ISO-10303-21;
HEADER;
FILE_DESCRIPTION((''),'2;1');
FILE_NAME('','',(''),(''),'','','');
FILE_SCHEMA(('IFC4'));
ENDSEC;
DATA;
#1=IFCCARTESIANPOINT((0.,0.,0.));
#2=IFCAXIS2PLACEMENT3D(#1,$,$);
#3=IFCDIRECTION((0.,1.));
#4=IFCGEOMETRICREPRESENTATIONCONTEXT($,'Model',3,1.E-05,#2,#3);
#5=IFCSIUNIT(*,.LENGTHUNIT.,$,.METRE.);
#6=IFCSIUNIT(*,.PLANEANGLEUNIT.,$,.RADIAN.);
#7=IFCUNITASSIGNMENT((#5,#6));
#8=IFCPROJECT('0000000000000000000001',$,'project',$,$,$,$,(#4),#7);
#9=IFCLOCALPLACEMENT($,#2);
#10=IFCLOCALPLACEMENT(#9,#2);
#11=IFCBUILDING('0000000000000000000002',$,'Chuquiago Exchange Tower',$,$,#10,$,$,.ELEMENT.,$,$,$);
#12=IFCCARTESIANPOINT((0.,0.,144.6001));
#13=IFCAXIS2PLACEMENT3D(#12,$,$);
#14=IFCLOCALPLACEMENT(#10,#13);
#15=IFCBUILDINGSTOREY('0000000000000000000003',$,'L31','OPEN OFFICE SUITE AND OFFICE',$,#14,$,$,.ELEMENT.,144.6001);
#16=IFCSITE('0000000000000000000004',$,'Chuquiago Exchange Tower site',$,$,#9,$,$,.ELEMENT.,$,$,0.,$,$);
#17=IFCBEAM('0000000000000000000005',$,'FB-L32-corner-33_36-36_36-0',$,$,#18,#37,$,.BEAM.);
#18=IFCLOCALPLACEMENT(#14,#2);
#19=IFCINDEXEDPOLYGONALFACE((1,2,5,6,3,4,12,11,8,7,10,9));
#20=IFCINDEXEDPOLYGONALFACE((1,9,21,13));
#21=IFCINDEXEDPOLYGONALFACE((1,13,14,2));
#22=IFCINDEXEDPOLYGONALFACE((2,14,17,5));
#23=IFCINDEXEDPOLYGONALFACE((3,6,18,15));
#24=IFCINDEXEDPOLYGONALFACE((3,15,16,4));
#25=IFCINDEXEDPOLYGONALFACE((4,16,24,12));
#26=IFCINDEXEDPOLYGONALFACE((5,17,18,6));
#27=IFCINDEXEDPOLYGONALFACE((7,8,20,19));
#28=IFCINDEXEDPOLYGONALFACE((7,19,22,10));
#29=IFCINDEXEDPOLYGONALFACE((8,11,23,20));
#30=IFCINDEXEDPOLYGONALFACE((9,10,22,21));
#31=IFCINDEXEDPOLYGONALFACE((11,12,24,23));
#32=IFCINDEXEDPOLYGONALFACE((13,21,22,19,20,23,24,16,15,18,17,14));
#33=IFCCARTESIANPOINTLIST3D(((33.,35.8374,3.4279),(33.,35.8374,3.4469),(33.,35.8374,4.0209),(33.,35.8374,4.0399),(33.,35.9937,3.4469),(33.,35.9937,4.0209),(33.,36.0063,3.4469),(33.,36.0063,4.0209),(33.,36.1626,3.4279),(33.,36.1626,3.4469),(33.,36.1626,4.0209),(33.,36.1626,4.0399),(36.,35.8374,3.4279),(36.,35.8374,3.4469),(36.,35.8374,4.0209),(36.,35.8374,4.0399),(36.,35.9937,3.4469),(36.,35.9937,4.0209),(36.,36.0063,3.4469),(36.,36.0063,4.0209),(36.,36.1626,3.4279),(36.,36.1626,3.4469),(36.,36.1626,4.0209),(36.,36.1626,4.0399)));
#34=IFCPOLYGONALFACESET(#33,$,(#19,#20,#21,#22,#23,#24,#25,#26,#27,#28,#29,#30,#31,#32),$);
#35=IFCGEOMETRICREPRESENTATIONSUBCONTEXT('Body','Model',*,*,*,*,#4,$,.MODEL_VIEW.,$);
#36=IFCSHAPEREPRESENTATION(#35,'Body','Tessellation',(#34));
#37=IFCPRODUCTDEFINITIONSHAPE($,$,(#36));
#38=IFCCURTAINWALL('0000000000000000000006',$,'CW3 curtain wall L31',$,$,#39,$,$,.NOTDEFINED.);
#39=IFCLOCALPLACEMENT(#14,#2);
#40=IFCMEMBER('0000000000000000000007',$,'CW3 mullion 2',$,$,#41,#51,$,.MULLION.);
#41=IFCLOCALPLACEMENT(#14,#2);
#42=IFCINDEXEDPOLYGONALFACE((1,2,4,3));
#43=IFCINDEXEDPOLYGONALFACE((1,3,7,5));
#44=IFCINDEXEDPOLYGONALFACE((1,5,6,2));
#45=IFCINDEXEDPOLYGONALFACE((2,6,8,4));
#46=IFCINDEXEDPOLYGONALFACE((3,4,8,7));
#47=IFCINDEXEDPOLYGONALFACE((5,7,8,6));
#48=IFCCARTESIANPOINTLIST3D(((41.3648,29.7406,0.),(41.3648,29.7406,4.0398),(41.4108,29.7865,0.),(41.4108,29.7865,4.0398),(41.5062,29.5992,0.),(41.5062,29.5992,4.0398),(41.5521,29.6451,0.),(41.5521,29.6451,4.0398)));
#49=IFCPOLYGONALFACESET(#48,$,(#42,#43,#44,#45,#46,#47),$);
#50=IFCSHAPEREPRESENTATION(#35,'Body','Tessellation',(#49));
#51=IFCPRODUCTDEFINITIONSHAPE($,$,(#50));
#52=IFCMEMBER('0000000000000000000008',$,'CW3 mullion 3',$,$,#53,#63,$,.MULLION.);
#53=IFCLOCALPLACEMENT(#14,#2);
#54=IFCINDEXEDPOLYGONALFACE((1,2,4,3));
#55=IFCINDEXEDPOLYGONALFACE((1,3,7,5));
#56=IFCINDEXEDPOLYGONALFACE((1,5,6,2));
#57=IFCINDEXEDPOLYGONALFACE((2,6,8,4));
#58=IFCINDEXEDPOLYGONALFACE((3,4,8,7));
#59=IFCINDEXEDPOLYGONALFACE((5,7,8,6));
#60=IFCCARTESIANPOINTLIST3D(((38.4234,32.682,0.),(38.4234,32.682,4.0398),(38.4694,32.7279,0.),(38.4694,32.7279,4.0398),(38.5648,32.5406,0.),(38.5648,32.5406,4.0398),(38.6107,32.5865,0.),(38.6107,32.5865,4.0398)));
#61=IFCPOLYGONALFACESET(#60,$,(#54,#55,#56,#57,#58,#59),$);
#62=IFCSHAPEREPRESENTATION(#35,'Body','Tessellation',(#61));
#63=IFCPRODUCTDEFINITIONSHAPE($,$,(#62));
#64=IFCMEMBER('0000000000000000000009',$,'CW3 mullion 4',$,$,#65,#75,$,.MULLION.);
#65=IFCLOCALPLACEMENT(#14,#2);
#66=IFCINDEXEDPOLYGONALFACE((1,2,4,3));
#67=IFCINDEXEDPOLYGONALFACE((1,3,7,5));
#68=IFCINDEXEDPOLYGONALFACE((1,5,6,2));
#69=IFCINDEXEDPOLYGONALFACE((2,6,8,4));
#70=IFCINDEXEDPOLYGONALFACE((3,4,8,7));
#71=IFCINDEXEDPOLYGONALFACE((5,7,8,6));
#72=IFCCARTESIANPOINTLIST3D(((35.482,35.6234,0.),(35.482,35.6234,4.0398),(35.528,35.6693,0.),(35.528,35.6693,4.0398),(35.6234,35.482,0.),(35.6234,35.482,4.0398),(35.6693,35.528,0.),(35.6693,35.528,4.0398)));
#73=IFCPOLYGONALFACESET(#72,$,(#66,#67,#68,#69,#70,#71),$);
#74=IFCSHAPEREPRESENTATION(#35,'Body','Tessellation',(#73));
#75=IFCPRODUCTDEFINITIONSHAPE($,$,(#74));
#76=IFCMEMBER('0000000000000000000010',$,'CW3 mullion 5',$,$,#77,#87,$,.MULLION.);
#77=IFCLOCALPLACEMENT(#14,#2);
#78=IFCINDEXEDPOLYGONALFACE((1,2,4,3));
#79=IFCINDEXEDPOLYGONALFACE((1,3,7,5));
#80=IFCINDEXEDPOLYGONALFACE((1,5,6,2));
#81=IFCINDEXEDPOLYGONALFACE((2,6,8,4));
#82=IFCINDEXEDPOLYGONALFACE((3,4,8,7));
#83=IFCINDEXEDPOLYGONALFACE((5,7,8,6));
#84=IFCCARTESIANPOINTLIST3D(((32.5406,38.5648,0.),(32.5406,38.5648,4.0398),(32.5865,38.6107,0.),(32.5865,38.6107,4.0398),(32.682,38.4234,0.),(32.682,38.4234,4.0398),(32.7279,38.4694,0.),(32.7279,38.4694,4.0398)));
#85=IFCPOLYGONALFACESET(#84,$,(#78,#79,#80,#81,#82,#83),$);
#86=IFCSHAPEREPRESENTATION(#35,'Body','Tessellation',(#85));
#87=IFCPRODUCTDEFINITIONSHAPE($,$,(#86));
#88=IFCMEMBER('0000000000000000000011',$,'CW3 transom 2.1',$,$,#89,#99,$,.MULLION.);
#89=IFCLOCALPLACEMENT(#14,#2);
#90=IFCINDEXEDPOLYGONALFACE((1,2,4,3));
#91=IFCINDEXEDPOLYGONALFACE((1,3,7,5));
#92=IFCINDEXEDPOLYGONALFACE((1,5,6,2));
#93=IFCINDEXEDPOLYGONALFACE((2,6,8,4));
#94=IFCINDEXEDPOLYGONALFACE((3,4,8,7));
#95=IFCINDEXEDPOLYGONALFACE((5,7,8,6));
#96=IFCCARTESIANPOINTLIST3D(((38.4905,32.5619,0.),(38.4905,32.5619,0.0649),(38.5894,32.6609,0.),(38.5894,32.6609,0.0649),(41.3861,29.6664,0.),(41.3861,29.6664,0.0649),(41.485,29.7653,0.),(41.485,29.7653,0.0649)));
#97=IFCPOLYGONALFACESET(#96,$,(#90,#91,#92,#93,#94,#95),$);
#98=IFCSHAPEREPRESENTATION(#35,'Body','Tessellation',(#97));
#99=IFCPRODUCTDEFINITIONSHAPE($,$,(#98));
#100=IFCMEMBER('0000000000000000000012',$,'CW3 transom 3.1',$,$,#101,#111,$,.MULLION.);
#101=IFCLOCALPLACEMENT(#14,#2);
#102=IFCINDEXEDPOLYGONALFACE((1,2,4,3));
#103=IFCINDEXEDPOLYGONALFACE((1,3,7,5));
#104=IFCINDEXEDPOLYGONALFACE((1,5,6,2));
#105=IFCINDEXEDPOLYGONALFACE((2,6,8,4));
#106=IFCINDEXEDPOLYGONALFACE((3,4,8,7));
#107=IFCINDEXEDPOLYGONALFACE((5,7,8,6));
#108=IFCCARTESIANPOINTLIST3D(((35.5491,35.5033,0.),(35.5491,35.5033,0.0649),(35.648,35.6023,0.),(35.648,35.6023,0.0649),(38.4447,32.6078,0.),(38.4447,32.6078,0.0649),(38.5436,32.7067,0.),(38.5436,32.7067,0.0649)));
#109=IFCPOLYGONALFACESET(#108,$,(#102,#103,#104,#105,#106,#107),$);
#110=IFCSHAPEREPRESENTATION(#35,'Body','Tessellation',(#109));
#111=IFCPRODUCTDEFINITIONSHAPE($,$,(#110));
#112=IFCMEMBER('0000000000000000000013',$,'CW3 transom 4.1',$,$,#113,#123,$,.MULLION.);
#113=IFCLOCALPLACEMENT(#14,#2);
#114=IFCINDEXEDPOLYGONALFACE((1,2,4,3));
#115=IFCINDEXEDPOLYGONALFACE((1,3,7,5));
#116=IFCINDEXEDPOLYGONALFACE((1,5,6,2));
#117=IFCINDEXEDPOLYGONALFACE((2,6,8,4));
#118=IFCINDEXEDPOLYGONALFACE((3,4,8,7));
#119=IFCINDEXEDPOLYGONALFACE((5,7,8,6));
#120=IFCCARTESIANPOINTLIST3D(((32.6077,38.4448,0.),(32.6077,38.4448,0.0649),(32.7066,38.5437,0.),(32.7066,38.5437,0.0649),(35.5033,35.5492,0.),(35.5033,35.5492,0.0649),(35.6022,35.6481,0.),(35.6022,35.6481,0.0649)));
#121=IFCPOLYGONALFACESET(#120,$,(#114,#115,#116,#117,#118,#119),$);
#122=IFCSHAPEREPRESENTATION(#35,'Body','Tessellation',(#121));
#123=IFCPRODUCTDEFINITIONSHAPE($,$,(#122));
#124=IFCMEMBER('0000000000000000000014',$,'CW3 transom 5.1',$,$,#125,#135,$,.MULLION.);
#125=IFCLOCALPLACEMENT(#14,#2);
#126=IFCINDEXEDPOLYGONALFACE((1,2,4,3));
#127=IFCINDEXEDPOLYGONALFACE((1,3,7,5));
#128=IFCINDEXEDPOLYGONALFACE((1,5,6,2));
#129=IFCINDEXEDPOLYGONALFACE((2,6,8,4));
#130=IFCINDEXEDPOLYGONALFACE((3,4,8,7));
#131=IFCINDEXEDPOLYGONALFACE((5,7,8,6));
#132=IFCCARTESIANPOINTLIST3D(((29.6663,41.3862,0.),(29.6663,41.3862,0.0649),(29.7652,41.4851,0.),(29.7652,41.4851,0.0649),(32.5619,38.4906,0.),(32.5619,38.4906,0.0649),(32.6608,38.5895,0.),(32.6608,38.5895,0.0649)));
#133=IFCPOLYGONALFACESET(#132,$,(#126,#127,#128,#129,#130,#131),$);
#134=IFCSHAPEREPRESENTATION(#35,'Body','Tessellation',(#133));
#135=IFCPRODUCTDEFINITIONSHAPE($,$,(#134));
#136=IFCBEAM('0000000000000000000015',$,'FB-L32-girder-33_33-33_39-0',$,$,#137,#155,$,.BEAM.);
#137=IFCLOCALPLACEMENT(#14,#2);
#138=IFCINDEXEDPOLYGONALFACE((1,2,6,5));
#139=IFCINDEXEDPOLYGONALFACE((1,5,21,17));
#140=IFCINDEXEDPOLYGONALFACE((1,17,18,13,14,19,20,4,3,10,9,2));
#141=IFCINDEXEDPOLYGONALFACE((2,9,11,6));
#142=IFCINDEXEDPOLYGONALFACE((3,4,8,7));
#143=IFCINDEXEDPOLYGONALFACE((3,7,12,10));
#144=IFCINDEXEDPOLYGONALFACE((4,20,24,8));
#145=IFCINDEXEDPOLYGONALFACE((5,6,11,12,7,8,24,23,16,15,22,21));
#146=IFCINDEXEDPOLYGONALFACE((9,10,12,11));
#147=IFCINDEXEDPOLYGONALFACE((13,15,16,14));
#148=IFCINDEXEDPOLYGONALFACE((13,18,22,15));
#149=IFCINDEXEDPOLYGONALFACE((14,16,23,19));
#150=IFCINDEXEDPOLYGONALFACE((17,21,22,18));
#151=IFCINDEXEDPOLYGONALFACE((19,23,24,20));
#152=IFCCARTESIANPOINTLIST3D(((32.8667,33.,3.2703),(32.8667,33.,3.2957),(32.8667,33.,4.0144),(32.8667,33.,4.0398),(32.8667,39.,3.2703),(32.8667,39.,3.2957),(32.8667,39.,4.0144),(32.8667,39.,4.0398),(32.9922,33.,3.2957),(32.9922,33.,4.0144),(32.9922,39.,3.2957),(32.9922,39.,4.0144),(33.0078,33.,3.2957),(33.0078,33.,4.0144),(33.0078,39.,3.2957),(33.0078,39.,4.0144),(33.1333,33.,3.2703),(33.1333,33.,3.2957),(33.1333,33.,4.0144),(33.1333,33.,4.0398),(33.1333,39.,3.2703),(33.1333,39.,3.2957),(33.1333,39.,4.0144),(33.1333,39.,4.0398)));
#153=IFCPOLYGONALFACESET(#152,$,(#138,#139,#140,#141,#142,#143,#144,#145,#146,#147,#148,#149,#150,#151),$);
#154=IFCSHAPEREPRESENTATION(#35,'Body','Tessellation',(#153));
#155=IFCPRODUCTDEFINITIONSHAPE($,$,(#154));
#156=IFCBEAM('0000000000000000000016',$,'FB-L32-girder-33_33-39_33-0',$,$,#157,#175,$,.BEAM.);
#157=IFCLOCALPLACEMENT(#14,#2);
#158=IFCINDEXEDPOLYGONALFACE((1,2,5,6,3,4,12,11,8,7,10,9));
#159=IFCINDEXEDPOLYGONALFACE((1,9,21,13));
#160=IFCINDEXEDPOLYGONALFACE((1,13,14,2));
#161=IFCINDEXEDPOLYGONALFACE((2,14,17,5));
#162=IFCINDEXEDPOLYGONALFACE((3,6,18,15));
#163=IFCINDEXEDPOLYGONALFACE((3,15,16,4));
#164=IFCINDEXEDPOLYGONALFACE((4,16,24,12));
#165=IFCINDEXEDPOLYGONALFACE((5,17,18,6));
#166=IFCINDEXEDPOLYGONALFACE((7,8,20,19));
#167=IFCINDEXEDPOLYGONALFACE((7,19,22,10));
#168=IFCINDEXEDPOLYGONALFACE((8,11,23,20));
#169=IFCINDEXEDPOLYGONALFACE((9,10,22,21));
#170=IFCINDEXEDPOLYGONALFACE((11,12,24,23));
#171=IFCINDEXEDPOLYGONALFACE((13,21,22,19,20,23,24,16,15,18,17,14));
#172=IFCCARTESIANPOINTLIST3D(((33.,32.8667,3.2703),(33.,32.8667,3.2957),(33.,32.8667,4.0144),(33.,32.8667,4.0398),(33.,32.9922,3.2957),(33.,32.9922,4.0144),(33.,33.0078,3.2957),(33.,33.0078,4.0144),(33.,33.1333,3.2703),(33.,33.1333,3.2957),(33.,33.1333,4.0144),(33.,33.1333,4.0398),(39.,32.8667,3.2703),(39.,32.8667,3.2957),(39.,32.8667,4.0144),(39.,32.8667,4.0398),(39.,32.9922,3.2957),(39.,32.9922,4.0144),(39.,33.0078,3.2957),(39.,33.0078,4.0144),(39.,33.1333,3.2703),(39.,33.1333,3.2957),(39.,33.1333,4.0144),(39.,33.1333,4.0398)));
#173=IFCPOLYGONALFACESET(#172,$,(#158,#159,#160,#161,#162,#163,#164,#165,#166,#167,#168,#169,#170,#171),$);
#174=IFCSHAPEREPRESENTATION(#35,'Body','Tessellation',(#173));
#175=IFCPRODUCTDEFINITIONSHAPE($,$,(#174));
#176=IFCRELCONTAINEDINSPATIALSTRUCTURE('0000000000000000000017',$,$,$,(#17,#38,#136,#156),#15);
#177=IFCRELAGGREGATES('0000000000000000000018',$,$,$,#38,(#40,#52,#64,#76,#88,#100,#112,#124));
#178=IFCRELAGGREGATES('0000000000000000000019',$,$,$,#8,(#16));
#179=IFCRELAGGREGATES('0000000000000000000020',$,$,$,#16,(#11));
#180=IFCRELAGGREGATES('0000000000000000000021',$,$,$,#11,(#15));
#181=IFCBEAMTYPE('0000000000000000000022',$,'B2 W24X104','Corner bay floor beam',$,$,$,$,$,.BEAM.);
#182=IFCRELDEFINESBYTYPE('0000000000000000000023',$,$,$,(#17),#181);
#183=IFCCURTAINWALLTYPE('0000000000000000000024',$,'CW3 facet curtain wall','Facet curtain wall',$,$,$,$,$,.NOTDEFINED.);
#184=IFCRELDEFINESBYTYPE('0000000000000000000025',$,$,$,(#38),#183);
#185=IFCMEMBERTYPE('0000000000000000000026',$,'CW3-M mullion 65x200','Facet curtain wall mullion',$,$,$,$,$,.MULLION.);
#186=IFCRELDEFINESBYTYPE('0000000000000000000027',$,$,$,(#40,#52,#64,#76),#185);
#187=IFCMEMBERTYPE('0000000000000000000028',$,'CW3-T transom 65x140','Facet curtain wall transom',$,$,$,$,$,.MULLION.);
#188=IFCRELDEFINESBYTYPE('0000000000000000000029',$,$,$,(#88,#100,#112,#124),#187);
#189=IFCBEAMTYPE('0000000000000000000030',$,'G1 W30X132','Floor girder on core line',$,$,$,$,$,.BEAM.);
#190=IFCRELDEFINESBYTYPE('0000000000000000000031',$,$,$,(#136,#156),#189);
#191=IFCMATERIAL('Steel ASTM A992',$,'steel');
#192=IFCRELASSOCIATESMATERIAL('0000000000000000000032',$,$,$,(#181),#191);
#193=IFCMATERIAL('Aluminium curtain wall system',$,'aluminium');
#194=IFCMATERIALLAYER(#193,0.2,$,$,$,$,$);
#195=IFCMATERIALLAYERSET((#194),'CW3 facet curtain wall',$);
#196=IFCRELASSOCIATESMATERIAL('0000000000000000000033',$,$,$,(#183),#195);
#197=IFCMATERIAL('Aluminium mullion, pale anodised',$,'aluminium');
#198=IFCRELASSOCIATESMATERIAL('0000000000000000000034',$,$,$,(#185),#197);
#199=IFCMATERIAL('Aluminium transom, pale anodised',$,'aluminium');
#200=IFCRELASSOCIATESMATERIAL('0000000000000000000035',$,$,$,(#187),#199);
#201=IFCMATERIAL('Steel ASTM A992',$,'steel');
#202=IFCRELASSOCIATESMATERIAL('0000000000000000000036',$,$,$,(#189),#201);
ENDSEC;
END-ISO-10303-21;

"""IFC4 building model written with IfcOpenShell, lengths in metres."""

from ifc_helpers import new_model, si_unit, direction, frame, origin, origin_2d, place, context, subcontext, project, spatial, rectangle, i_section, extrude, material, layer, layer_set, material_profile, profile_set, type_object, element, aggregate, save


model = new_model("IFC4")

# Units and contexts
model_context = context("Model", 3, precision=1e-05, world=origin(), true_north=direction((0.0, 1.0)))
body_context = subcontext(model_context, "Body", "Model", "MODEL_VIEW")
ifc_project = project(units=[si_unit("LENGTHUNIT", "METRE"), si_unit("PLANEANGLEUNIT", "RADIAN")], contexts=[model_context])

# Site, building, storey
site_placement = place(None, origin())
site = spatial("IfcSite", under=ifc_project, at=site_placement, Name="Chuquiago Exchange Tower site", CompositionType="ELEMENT", RefElevation=0.0)
building_placement = place(site_placement, origin())
building = spatial("IfcBuilding", under=site, at=building_placement, Name="Chuquiago Exchange Tower", CompositionType="ELEMENT")
storey_placement = place(building_placement, frame((0.0, 0.0, 144.6001)))
storey = spatial("IfcBuildingStorey", under=building, at=storey_placement, Name="L31", Description="OPEN OFFICE SUITE AND OFFICE", CompositionType="ELEMENT", Elevation=144.6001)

# Beam
ifc_material_1 = material(Name="Steel ASTM A992", Category="steel")
ifc_material_profile_1 = material_profile(ifc_material_1, i_section(OverallWidth=0.3252, OverallDepth=0.6121, WebThickness=0.0127, FlangeThickness=0.019, at=origin_2d()), Name="W24X104")
ifc_profile_set_1 = profile_set([ifc_material_profile_1], Name="Steel ASTM A992")
beam_type_1 = type_object("IfcBeamType", Name="B2 W24X104", Description="Corner bay floor beam", PredefinedType="BEAM", material=ifc_profile_set_1)
beam_1_placement = place(storey_placement, frame((33.0, 36.0, 3.7339), z_axis=(1.0, 0.0, 0.0), x_axis=(0.0, 1.0, 0.0)))
element("IfcBeam", 1, at=beam_1_placement, inside=storey, type_object=beam_type_1, Name="FB-L32-corner-33_36-36_36-0", PredefinedType="BEAM", context=body_context, shape_type="SweptSolid", body=[
    extrude(i_section(OverallWidth=0.3252, OverallDepth=0.6121, WebThickness=0.0127, FlangeThickness=0.019, at=origin_2d()), origin(), (0.0, 0.0, 1.0), 3.0),
])

# Curtain wall, members
ifc_material_2 = material(Name="Aluminium curtain wall system", Category="aluminium")
ifc_layer_1 = layer(ifc_material_2, 0.2)
ifc_layer_set_1 = layer_set([ifc_layer_1], Name="CW3 facet curtain wall")
curtain_wall_type = type_object("IfcCurtainWallType", Name="CW3 facet curtain wall", Description="Facet curtain wall", PredefinedType="NOTDEFINED", material=ifc_layer_set_1)
curtain_wall_placement = place(storey_placement, origin())
curtain_wall = element("IfcCurtainWall", 2, at=curtain_wall_placement, inside=storey, type_object=curtain_wall_type, Name="CW3 curtain wall L31", PredefinedType="NOTDEFINED")
ifc_material_3 = material(Name="Aluminium mullion, pale anodised", Category="aluminium")
ifc_material_profile_2 = material_profile(ifc_material_3, rectangle(XDim=0.0649, YDim=0.2, at=origin_2d()), Name="AL 65x200")
ifc_profile_set_2 = profile_set([ifc_material_profile_2], Name="Aluminium mullion, pale anodised")
member_type_1 = type_object("IfcMemberType", Name="CW3-M mullion 65x200", Description="Facet curtain wall mullion", PredefinedType="MULLION", material=ifc_profile_set_2)
member_1_placement = place(storey_placement, frame((41.4585, 29.6929, 0.0), z_axis=(0.0, 0.0, 1.0), x_axis=(-0.707107, -0.707107, 0.0)))
member_1 = element("IfcMember", 3, at=member_1_placement, type_object=member_type_1, Name="CW3 mullion 2", PredefinedType="MULLION", context=body_context, shape_type="SweptSolid", body=[
    extrude(rectangle(XDim=0.0649, YDim=0.2, at=origin_2d()), origin(), (0.0, 0.0, 1.0), 4.0398),
])
member_2_placement = place(storey_placement, frame((38.5171, 32.6343, 0.0), z_axis=(0.0, 0.0, 1.0), x_axis=(-0.707107, -0.707107, 0.0)))
member_2 = element("IfcMember", 4, at=member_2_placement, type_object=member_type_1, Name="CW3 mullion 3", PredefinedType="MULLION", context=body_context, shape_type="SweptSolid", body=[
    extrude(rectangle(XDim=0.0649, YDim=0.2, at=origin_2d()), origin(), (0.0, 0.0, 1.0), 4.0398),
])
member_3_placement = place(storey_placement, frame((35.5757, 35.5757, 0.0), z_axis=(0.0, 0.0, 1.0), x_axis=(-0.707107, -0.707107, 0.0)))
member_3 = element("IfcMember", 5, at=member_3_placement, type_object=member_type_1, Name="CW3 mullion 4", PredefinedType="MULLION", context=body_context, shape_type="SweptSolid", body=[
    extrude(rectangle(XDim=0.0649, YDim=0.2, at=origin_2d()), origin(), (0.0, 0.0, 1.0), 4.0398),
])
member_4_placement = place(storey_placement, frame((32.6343, 38.5171, 0.0), z_axis=(0.0, 0.0, 1.0), x_axis=(-0.707107, -0.707107, 0.0)))
member_4 = element("IfcMember", 6, at=member_4_placement, type_object=member_type_1, Name="CW3 mullion 5", PredefinedType="MULLION", context=body_context, shape_type="SweptSolid", body=[
    extrude(rectangle(XDim=0.0649, YDim=0.2, at=origin_2d()), origin(), (0.0, 0.0, 1.0), 4.0398),
])
ifc_material_4 = material(Name="Aluminium transom, pale anodised", Category="aluminium")
ifc_material_profile_3 = material_profile(ifc_material_4, rectangle(XDim=0.1399, YDim=0.0649, at=origin_2d()), Name="AL 140x65")
ifc_profile_set_3 = profile_set([ifc_material_profile_3], Name="Aluminium transom, pale anodised")
member_type_2 = type_object("IfcMemberType", Name="CW3-T transom 65x140", Description="Facet curtain wall transom", PredefinedType="MULLION", material=ifc_profile_set_3)
member_5_placement = place(storey_placement, frame((41.4355, 29.7158, 0.0325), z_axis=(-0.707107, 0.707107, 0.0), x_axis=(-0.707107, -0.707107, 0.0)))
member_5 = element("IfcMember", 7, at=member_5_placement, type_object=member_type_2, Name="CW3 transom 2.1", PredefinedType="MULLION", context=body_context, shape_type="SweptSolid", body=[
    extrude(rectangle(XDim=0.1399, YDim=0.0649, at=origin_2d()), origin(), (0.0, 0.0, 1.0), 4.095),
])
member_6_placement = place(storey_placement, frame((38.4941, 32.6572, 0.0325), z_axis=(-0.707107, 0.707107, 0.0), x_axis=(-0.707107, -0.707107, 0.0)))
member_6 = element("IfcMember", 8, at=member_6_placement, type_object=member_type_2, Name="CW3 transom 3.1", PredefinedType="MULLION", context=body_context, shape_type="SweptSolid", body=[
    extrude(rectangle(XDim=0.1399, YDim=0.0649, at=origin_2d()), origin(), (0.0, 0.0, 1.0), 4.095),
])
member_7_placement = place(storey_placement, frame((35.5527, 35.5986, 0.0325), z_axis=(-0.707107, 0.707107, 0.0), x_axis=(-0.707107, -0.707107, 0.0)))
member_7 = element("IfcMember", 9, at=member_7_placement, type_object=member_type_2, Name="CW3 transom 4.1", PredefinedType="MULLION", context=body_context, shape_type="SweptSolid", body=[
    extrude(rectangle(XDim=0.1399, YDim=0.0649, at=origin_2d()), origin(), (0.0, 0.0, 1.0), 4.095),
])
member_8_placement = place(storey_placement, frame((32.6113, 38.54, 0.0325), z_axis=(-0.707107, 0.707107, 0.0), x_axis=(-0.707107, -0.707107, 0.0)))
member_8 = element("IfcMember", 10, at=member_8_placement, type_object=member_type_2, Name="CW3 transom 5.1", PredefinedType="MULLION", context=body_context, shape_type="SweptSolid", body=[
    extrude(rectangle(XDim=0.1399, YDim=0.0649, at=origin_2d()), origin(), (0.0, 0.0, 1.0), 4.095),
])

# Beams
ifc_material_5 = material(Name="Steel ASTM A992", Category="steel")
ifc_material_profile_4 = material_profile(ifc_material_5, i_section(OverallWidth=0.2666, OverallDepth=0.7695, WebThickness=0.0156, FlangeThickness=0.0254, at=origin_2d()), Name="W30X132")
ifc_profile_set_4 = profile_set([ifc_material_profile_4], Name="Steel ASTM A992")
beam_type_2 = type_object("IfcBeamType", Name="G1 W30X132", Description="Floor girder on core line", PredefinedType="BEAM", material=ifc_profile_set_4)
for number, where, z_axis, x_axis, name in (
    (11, (33.0, 33.0, 3.655), (0.0, 1.0, 0.0), (-1.0, 0.0, 0.0), "FB-L32-girder-33_33-33_39-0"),
    (12, (33.0, 33.0, 3.655), (1.0, 0.0, 0.0), (0.0, 1.0, 0.0), "FB-L32-girder-33_33-39_33-0"),
):
    element("IfcBeam", number, at=place(storey_placement, frame(where, z_axis=z_axis, x_axis=x_axis)), inside=storey, type_object=beam_type_2, Name=name, PredefinedType="BEAM", context=body_context, shape_type="SweptSolid", body=[
        extrude(i_section(OverallWidth=0.2666, OverallDepth=0.7695, WebThickness=0.0156, FlangeThickness=0.0254, at=origin_2d()), origin(), (0.0, 0.0, 1.0), 6.0),
    ])

aggregate(curtain_wall, [member_1, member_2, member_3, member_4, member_5, member_6, member_7, member_8])

save(model, "model.ifc")
